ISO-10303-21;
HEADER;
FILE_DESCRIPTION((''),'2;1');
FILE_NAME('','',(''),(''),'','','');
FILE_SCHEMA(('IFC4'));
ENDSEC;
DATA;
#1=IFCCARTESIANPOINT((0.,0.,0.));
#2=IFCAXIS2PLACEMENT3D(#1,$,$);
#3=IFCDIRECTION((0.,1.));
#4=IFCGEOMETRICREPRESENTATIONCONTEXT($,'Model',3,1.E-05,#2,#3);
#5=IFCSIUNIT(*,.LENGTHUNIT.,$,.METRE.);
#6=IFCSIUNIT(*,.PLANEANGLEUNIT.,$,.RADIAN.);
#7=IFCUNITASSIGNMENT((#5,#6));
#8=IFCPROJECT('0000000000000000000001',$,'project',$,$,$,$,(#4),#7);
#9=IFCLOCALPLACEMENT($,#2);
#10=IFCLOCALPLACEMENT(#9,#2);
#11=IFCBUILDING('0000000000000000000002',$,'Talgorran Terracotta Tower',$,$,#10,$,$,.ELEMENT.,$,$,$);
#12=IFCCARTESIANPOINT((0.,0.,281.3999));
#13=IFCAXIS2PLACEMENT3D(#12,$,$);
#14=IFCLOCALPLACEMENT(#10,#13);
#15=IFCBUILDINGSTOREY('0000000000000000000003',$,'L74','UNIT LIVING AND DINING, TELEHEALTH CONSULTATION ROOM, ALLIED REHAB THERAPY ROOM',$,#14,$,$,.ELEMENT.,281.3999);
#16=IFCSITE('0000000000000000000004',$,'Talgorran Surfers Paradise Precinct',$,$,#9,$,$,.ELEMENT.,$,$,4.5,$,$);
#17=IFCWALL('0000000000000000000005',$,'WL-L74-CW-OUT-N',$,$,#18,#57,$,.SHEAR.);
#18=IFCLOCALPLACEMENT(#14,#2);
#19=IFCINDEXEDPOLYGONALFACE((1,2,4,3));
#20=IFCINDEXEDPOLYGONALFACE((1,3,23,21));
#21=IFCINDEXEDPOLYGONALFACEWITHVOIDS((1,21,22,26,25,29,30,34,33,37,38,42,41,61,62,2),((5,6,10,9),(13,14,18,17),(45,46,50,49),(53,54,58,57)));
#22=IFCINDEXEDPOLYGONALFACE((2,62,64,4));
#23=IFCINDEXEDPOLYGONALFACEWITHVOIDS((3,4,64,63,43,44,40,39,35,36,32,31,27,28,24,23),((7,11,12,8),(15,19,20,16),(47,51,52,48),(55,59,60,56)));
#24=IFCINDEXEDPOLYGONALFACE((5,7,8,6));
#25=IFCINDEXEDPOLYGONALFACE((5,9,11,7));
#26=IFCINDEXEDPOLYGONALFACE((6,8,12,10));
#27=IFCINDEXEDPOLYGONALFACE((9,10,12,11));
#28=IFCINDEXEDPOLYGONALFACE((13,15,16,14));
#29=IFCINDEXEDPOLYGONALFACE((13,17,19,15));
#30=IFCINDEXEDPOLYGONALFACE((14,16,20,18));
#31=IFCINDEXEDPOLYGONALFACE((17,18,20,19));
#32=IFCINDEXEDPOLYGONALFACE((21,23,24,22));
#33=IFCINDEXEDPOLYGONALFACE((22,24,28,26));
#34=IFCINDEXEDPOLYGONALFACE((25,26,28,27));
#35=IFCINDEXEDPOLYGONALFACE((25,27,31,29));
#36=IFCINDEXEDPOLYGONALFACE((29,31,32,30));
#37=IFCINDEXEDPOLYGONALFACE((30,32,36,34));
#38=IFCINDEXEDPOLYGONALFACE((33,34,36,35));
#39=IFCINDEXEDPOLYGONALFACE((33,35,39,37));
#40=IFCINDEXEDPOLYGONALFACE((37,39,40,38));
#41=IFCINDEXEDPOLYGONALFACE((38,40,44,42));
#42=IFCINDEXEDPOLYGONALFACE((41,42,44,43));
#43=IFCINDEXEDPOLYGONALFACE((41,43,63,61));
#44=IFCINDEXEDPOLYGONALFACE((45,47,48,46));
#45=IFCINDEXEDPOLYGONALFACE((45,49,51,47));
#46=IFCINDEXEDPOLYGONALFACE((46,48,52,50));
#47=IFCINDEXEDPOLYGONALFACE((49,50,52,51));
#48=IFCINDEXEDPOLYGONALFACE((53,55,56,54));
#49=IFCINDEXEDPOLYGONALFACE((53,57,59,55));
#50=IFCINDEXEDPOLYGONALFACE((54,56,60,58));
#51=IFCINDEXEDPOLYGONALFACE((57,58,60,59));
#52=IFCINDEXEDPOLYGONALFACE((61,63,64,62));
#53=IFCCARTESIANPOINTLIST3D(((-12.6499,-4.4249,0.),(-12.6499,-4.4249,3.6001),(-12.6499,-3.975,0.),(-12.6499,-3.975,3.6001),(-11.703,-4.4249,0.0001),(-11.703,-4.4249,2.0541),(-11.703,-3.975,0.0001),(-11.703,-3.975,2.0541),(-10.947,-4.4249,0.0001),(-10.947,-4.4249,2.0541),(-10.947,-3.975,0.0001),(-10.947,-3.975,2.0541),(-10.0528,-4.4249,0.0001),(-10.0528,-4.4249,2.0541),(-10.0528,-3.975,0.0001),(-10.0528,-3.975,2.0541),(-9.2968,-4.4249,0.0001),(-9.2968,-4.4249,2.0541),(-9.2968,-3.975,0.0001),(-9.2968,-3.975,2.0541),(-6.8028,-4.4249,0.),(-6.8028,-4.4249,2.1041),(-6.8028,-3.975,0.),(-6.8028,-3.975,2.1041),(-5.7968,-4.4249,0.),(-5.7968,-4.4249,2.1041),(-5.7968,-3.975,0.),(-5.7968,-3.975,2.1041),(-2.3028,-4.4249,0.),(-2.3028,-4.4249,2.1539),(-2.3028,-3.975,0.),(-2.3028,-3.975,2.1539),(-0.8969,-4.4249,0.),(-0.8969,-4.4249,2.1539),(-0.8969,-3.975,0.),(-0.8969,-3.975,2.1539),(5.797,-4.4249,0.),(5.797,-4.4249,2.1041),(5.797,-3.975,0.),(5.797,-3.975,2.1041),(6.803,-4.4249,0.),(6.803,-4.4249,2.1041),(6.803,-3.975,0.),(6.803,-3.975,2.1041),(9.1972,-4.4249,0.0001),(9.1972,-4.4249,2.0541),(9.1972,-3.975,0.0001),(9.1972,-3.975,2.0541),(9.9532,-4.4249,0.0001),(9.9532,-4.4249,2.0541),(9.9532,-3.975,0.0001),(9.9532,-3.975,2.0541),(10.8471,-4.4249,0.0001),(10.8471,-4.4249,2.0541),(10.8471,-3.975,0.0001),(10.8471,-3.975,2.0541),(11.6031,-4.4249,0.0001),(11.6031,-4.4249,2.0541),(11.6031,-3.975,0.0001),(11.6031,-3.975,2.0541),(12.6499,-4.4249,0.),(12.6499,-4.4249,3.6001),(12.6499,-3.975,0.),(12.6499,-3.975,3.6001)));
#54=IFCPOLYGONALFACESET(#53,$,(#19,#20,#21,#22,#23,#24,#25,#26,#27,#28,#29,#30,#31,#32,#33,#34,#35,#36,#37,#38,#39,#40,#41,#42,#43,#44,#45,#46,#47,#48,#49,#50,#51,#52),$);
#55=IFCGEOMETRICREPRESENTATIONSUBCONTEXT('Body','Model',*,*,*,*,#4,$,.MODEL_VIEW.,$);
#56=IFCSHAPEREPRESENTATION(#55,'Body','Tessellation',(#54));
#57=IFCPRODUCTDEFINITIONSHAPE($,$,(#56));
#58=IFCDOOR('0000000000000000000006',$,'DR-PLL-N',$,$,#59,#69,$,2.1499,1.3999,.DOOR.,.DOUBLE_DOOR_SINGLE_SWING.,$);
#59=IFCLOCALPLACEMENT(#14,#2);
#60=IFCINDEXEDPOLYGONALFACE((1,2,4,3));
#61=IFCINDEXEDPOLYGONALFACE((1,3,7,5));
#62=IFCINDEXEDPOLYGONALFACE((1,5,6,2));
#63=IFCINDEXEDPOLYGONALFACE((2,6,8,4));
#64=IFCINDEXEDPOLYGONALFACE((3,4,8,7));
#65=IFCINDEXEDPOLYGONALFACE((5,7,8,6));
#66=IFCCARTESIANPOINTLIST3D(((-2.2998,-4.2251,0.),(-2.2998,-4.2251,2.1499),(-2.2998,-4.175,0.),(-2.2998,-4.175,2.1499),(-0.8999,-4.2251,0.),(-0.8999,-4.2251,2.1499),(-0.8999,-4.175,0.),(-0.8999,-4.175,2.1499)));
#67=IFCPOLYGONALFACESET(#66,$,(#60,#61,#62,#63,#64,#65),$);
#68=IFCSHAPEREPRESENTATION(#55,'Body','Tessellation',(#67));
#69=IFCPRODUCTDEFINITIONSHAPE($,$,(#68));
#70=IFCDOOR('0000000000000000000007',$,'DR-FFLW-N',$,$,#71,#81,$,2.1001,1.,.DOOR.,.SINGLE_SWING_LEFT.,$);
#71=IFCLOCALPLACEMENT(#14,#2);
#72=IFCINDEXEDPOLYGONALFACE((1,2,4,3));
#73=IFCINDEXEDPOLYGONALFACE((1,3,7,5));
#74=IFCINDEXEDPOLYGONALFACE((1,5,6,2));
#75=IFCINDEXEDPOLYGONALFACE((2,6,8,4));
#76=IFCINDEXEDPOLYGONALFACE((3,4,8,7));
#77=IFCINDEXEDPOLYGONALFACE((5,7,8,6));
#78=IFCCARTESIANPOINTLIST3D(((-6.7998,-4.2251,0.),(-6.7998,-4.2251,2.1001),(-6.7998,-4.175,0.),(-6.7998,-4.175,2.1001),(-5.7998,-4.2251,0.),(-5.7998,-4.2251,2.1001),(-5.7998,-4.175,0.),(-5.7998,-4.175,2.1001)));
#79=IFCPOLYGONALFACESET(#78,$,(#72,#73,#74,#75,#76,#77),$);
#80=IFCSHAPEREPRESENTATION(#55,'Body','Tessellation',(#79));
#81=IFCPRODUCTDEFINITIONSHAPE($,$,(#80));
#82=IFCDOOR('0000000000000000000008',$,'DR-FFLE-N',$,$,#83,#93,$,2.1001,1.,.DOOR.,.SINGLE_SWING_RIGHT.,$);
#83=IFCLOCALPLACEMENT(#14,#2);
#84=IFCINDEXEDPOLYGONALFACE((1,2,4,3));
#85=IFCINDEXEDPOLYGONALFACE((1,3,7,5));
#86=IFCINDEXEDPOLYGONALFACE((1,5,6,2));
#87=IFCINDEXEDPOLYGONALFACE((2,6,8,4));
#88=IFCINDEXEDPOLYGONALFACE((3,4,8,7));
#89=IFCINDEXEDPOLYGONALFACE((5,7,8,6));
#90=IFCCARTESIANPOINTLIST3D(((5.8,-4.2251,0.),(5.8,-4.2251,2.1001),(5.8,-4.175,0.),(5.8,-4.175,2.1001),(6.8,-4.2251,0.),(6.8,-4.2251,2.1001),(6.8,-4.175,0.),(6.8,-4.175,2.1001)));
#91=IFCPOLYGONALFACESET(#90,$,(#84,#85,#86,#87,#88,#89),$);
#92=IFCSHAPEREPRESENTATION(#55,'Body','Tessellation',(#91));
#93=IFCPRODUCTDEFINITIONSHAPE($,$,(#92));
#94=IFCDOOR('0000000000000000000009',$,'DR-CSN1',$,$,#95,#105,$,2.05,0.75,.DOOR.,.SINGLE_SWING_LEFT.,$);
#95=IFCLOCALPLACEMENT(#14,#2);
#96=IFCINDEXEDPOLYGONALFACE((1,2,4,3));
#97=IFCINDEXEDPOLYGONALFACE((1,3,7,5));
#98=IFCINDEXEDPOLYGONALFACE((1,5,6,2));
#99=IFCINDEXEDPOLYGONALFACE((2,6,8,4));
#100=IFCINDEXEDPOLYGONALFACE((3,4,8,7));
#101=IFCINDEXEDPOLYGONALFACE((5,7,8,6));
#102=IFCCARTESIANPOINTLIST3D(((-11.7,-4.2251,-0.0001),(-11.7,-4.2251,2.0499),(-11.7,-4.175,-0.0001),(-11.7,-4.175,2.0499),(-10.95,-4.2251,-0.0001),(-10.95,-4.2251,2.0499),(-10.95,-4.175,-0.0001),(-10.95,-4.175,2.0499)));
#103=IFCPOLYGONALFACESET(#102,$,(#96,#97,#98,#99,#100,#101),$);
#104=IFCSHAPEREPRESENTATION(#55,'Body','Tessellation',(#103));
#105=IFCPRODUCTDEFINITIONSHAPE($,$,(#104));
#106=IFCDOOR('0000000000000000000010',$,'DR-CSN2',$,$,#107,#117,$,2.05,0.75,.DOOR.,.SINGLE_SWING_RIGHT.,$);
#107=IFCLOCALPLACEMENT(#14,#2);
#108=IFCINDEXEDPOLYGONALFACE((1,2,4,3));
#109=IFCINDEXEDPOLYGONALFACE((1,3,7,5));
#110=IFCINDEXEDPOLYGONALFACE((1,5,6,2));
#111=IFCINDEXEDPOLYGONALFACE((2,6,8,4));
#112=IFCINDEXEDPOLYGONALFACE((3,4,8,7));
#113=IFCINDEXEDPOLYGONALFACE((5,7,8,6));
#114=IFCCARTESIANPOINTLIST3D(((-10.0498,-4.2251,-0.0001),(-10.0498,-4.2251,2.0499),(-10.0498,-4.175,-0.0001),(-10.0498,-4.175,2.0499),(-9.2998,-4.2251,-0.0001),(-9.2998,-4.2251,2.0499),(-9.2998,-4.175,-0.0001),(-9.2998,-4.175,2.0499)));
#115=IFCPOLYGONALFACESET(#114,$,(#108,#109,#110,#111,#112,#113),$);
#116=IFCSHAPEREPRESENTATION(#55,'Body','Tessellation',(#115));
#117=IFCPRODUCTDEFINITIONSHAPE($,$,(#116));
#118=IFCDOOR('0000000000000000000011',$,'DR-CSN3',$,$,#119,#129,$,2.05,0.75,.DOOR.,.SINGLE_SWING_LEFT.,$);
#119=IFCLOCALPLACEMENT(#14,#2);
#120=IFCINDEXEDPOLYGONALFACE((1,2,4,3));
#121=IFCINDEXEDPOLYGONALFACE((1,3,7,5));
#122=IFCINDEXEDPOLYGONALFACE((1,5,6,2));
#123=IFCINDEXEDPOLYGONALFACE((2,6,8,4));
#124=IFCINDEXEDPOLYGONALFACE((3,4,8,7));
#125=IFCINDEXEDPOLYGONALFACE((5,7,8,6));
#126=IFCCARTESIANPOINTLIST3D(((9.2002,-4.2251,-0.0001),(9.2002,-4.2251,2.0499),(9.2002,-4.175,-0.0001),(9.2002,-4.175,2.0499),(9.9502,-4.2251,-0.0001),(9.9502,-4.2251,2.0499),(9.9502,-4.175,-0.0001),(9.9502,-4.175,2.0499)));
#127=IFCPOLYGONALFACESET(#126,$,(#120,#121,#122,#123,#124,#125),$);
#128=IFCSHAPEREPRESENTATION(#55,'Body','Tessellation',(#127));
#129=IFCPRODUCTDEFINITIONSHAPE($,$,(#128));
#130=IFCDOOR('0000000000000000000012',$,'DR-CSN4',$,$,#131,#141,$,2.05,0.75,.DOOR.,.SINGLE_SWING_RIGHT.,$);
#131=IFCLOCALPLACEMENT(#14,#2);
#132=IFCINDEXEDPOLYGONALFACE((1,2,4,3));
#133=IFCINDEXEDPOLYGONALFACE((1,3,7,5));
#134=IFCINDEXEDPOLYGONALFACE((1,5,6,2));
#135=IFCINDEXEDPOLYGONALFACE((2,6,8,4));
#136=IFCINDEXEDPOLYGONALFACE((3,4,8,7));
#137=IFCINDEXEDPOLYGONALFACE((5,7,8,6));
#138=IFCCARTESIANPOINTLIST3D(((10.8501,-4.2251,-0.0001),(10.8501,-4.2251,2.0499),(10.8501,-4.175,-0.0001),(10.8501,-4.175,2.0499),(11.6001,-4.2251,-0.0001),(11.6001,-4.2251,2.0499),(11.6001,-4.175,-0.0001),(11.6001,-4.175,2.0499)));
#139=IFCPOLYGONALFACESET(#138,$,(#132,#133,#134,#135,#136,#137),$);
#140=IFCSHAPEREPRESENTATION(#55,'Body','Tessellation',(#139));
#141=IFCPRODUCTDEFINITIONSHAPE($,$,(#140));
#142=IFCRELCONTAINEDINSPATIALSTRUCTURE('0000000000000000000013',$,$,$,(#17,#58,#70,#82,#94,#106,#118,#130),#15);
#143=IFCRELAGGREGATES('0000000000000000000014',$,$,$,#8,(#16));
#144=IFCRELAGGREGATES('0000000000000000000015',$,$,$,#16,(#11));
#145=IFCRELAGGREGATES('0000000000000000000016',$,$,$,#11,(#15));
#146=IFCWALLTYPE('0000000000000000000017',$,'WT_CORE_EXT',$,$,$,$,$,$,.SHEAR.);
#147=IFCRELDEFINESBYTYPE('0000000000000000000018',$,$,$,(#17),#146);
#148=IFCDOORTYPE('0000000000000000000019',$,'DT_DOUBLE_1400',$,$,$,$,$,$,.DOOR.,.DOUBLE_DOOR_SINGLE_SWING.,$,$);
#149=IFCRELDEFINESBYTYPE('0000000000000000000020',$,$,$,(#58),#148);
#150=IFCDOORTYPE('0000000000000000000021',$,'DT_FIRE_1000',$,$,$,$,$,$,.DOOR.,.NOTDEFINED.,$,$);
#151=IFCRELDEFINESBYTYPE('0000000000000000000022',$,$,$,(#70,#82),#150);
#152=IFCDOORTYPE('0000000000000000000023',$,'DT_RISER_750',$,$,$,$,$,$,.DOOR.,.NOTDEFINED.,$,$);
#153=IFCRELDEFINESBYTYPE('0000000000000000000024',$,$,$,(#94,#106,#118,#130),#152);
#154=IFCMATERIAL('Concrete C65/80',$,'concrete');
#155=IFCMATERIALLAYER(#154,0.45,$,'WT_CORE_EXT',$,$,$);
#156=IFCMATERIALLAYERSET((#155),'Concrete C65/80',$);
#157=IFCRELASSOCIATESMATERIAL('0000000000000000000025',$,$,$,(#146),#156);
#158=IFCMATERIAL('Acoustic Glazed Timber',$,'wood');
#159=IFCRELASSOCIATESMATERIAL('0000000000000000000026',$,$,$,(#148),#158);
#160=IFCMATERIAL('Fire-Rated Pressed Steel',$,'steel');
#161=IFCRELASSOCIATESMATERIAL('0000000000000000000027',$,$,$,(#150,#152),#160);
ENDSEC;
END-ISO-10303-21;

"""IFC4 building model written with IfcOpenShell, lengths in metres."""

from ifc_helpers import new_model, si_unit, direction, frame, frame_2d, origin, place, context, subcontext, project, spatial, rectangle, extrude, material, layer, layer_set, type_object, element, fill, save


model = new_model("IFC4")

# Units and contexts
model_context = context("Model", 3, precision=1e-05, world=origin(), true_north=direction((0.0, 1.0)))
body_context = subcontext(model_context, "Body", "Model", "MODEL_VIEW")
ifc_project = project(units=[si_unit("LENGTHUNIT", "METRE"), si_unit("PLANEANGLEUNIT", "RADIAN")], contexts=[model_context])

# Site, building, storey
site_placement = place(None, origin())
site = spatial("IfcSite", under=ifc_project, at=site_placement, Name="Talgorran Surfers Paradise Precinct", CompositionType="ELEMENT", RefElevation=4.5)
building_placement = place(site_placement, origin())
building = spatial("IfcBuilding", under=site, at=building_placement, Name="Talgorran Terracotta Tower", CompositionType="ELEMENT")
storey_placement = place(building_placement, frame((0.0, 0.0, 281.3999)))
storey = spatial("IfcBuildingStorey", under=building, at=storey_placement, Name="L74", Description="UNIT LIVING AND DINING, TELEHEALTH CONSULTATION ROOM, ALLIED REHAB THERAPY ROOM", CompositionType="ELEMENT", Elevation=281.3999)

# Wall, openings, doors
ifc_material_1 = material(Name="Concrete C65/80", Category="concrete")
ifc_layer_1 = layer(ifc_material_1, 0.45, Name="WT_CORE_EXT")
ifc_layer_set_1 = layer_set([ifc_layer_1], Name="Concrete C65/80")
wall_type_1 = type_object("IfcWallType", Name="WT_CORE_EXT", PredefinedType="SHEAR", material=ifc_layer_set_1)
wall_1_placement = place(storey_placement, frame((-12.6499, -4.2, 0.0), z_axis=(0.0, 0.0, 1.0), x_axis=(1.0, 0.0, 0.0)))
wall_1 = element("IfcWall", 1, at=wall_1_placement, inside=storey, type_object=wall_type_1, Name="WL-L74-CW-OUT-N", PredefinedType="SHEAR", context=body_context, shape_type="SweptSolid", body=[
    extrude(rectangle(XDim=25.2998, YDim=0.45, at=frame_2d((12.6499, 0.0))), origin(), (0.0, 0.0, 1.0), 3.6001),
])
opening_1_placement = place(wall_1_placement, frame((0.95, 0.0, 0.0)))
opening_1 = element("IfcOpeningElement", 2, at=opening_1_placement, cuts=wall_1, PredefinedType="OPENING", context=body_context, shape_type="SweptSolid", body=[
    extrude(rectangle(XDim=0.756, YDim=2.054, at=frame_2d((0.375, 1.0271))), frame((0.0, 0.2349, 0.0), z_axis=(0.0, -1.0, 0.0), x_axis=(1.0, 0.0, 0.0)), (0.0, 0.0, 1.0), 0.47),
])
opening_2_placement = place(wall_1_placement, frame((2.6001, 0.0, 0.0)))
opening_2 = element("IfcOpeningElement", 3, at=opening_2_placement, cuts=wall_1, PredefinedType="OPENING", context=body_context, shape_type="SweptSolid", body=[
    extrude(rectangle(XDim=0.756, YDim=2.054, at=frame_2d((0.375, 1.0271))), frame((0.0, 0.2349, 0.0), z_axis=(0.0, -1.0, 0.0), x_axis=(1.0, 0.0, 0.0)), (0.0, 0.0, 1.0), 0.47),
])
opening_3_placement = place(wall_1_placement, frame((21.8501, 0.0, 0.0)))
opening_3 = element("IfcOpeningElement", 4, at=opening_3_placement, cuts=wall_1, PredefinedType="OPENING", context=body_context, shape_type="SweptSolid", body=[
    extrude(rectangle(XDim=0.756, YDim=2.054, at=frame_2d((0.375, 1.0271))), frame((0.0, 0.2349, 0.0), z_axis=(0.0, -1.0, 0.0), x_axis=(1.0, 0.0, 0.0)), (0.0, 0.0, 1.0), 0.47),
])
opening_4_placement = place(wall_1_placement, frame((23.5, 0.0, 0.0)))
opening_4 = element("IfcOpeningElement", 5, at=opening_4_placement, cuts=wall_1, PredefinedType="OPENING", context=body_context, shape_type="SweptSolid", body=[
    extrude(rectangle(XDim=0.756, YDim=2.054, at=frame_2d((0.375, 1.0271))), frame((0.0, 0.2349, 0.0), z_axis=(0.0, -1.0, 0.0), x_axis=(1.0, 0.0, 0.0)), (0.0, 0.0, 1.0), 0.47),
])
opening_5_placement = place(wall_1_placement, frame((5.8501, 0.0, 0.0)))
opening_5 = element("IfcOpeningElement", 6, at=opening_5_placement, cuts=wall_1, PredefinedType="OPENING", context=body_context, shape_type="SweptSolid", body=[
    extrude(rectangle(XDim=1.006, YDim=2.1041, at=frame_2d((0.5, 1.052))), frame((0.0, 0.2349, 0.0), z_axis=(0.0, -1.0, 0.0), x_axis=(1.0, 0.0, 0.0)), (0.0, 0.0, 1.0), 0.47),
])
opening_6_placement = place(wall_1_placement, frame((10.3501, 0.0, 0.0)))
opening_6 = element("IfcOpeningElement", 7, at=opening_6_placement, cuts=wall_1, PredefinedType="OPENING", context=body_context, shape_type="SweptSolid", body=[
    extrude(rectangle(XDim=1.4059, YDim=2.1539, at=frame_2d((0.7, 1.0769))), frame((0.0, 0.2349, 0.0), z_axis=(0.0, -1.0, 0.0), x_axis=(1.0, 0.0, 0.0)), (0.0, 0.0, 1.0), 0.47),
])
opening_7_placement = place(wall_1_placement, frame((18.45, 0.0, 0.0)))
opening_7 = element("IfcOpeningElement", 8, at=opening_7_placement, cuts=wall_1, PredefinedType="OPENING", context=body_context, shape_type="SweptSolid", body=[
    extrude(rectangle(XDim=1.006, YDim=2.1041, at=frame_2d((0.5, 1.052))), frame((0.0, 0.2349, 0.0), z_axis=(0.0, -1.0, 0.0), x_axis=(1.0, 0.0, 0.0)), (0.0, 0.0, 1.0), 0.47),
])
ifc_material_2 = material(Name="Acoustic Glazed Timber", Category="wood")
door_type_1 = type_object("IfcDoorType", Name="DT_DOUBLE_1400", OperationType="DOUBLE_DOOR_SINGLE_SWING", PredefinedType="DOOR", material=ifc_material_2)
door_1_placement = place(opening_6_placement, origin())
door_1 = element("IfcDoor", 9, at=door_1_placement, inside=storey, type_object=door_type_1, Name="DR-PLL-N", OperationType="DOUBLE_DOOR_SINGLE_SWING", OverallHeight=2.1499, OverallWidth=1.3999, PredefinedType="DOOR", context=body_context, shape_type="SweptSolid", body=[
    extrude(rectangle(XDim=1.3999, YDim=2.1499, at=frame_2d((0.7, 1.075))), frame((0.0, 0.0249, 0.0), z_axis=(0.0, -1.0, 0.0), x_axis=(1.0, 0.0, 0.0)), (0.0, 0.0, 1.0), 0.05),
])
fill(opening_6, door_1)
ifc_material_3 = material(Name="Fire-Rated Pressed Steel", Category="steel")
door_type_2 = type_object("IfcDoorType", Name="DT_FIRE_1000", OperationType="NOTDEFINED", PredefinedType="DOOR", material=ifc_material_3)
door_2_placement = place(opening_5_placement, origin())
door_2 = element("IfcDoor", 10, at=door_2_placement, inside=storey, type_object=door_type_2, Name="DR-FFLW-N", OperationType="SINGLE_SWING_LEFT", OverallHeight=2.1001, OverallWidth=1.0, PredefinedType="DOOR", context=body_context, shape_type="SweptSolid", body=[
    extrude(rectangle(XDim=1.0, YDim=2.1001, at=frame_2d((0.5, 1.05))), frame((0.0, 0.0249, 0.0), z_axis=(0.0, -1.0, 0.0), x_axis=(1.0, 0.0, 0.0)), (0.0, 0.0, 1.0), 0.05),
])
fill(opening_5, door_2)
door_3_placement = place(opening_7_placement, origin())
door_3 = element("IfcDoor", 11, at=door_3_placement, inside=storey, type_object=door_type_2, Name="DR-FFLE-N", OperationType="SINGLE_SWING_RIGHT", OverallHeight=2.1001, OverallWidth=1.0, PredefinedType="DOOR", context=body_context, shape_type="SweptSolid", body=[
    extrude(rectangle(XDim=1.0, YDim=2.1001, at=frame_2d((0.5, 1.05))), frame((0.0, 0.0249, 0.0), z_axis=(0.0, -1.0, 0.0), x_axis=(1.0, 0.0, 0.0)), (0.0, 0.0, 1.0), 0.05),
])
fill(opening_7, door_3)
door_type_3 = type_object("IfcDoorType", Name="DT_RISER_750", OperationType="NOTDEFINED", PredefinedType="DOOR", material=ifc_material_3)
door_4_placement = place(opening_1_placement, origin())
door_4 = element("IfcDoor", 12, at=door_4_placement, inside=storey, type_object=door_type_3, Name="DR-CSN1", OperationType="SINGLE_SWING_LEFT", OverallHeight=2.05, OverallWidth=0.75, PredefinedType="DOOR", context=body_context, shape_type="SweptSolid", body=[
    extrude(rectangle(XDim=0.75, YDim=2.05, at=frame_2d((0.375, 1.0249))), frame((0.0, 0.0249, 0.0), z_axis=(0.0, -1.0, 0.0), x_axis=(1.0, 0.0, 0.0)), (0.0, 0.0, 1.0), 0.05),
])
fill(opening_1, door_4)
door_5_placement = place(opening_2_placement, origin())
door_5 = element("IfcDoor", 13, at=door_5_placement, inside=storey, type_object=door_type_3, Name="DR-CSN2", OperationType="SINGLE_SWING_RIGHT", OverallHeight=2.05, OverallWidth=0.75, PredefinedType="DOOR", context=body_context, shape_type="SweptSolid", body=[
    extrude(rectangle(XDim=0.75, YDim=2.05, at=frame_2d((0.375, 1.0249))), frame((0.0, 0.0249, 0.0), z_axis=(0.0, -1.0, 0.0), x_axis=(1.0, 0.0, 0.0)), (0.0, 0.0, 1.0), 0.05),
])
fill(opening_2, door_5)
door_6_placement = place(opening_3_placement, origin())
door_6 = element("IfcDoor", 14, at=door_6_placement, inside=storey, type_object=door_type_3, Name="DR-CSN3", OperationType="SINGLE_SWING_LEFT", OverallHeight=2.05, OverallWidth=0.75, PredefinedType="DOOR", context=body_context, shape_type="SweptSolid", body=[
    extrude(rectangle(XDim=0.75, YDim=2.05, at=frame_2d((0.375, 1.0249))), frame((0.0, 0.0249, 0.0), z_axis=(0.0, -1.0, 0.0), x_axis=(1.0, 0.0, 0.0)), (0.0, 0.0, 1.0), 0.05),
])
fill(opening_3, door_6)
door_7_placement = place(opening_4_placement, origin())
door_7 = element("IfcDoor", 15, at=door_7_placement, inside=storey, type_object=door_type_3, Name="DR-CSN4", OperationType="SINGLE_SWING_RIGHT", OverallHeight=2.05, OverallWidth=0.75, PredefinedType="DOOR", context=body_context, shape_type="SweptSolid", body=[
    extrude(rectangle(XDim=0.75, YDim=2.05, at=frame_2d((0.375, 1.0249))), frame((0.0, 0.0249, 0.0), z_axis=(0.0, -1.0, 0.0), x_axis=(1.0, 0.0, 0.0)), (0.0, 0.0, 1.0), 0.05),
])
fill(opening_4, door_7)

save(model, "model.ifc")
